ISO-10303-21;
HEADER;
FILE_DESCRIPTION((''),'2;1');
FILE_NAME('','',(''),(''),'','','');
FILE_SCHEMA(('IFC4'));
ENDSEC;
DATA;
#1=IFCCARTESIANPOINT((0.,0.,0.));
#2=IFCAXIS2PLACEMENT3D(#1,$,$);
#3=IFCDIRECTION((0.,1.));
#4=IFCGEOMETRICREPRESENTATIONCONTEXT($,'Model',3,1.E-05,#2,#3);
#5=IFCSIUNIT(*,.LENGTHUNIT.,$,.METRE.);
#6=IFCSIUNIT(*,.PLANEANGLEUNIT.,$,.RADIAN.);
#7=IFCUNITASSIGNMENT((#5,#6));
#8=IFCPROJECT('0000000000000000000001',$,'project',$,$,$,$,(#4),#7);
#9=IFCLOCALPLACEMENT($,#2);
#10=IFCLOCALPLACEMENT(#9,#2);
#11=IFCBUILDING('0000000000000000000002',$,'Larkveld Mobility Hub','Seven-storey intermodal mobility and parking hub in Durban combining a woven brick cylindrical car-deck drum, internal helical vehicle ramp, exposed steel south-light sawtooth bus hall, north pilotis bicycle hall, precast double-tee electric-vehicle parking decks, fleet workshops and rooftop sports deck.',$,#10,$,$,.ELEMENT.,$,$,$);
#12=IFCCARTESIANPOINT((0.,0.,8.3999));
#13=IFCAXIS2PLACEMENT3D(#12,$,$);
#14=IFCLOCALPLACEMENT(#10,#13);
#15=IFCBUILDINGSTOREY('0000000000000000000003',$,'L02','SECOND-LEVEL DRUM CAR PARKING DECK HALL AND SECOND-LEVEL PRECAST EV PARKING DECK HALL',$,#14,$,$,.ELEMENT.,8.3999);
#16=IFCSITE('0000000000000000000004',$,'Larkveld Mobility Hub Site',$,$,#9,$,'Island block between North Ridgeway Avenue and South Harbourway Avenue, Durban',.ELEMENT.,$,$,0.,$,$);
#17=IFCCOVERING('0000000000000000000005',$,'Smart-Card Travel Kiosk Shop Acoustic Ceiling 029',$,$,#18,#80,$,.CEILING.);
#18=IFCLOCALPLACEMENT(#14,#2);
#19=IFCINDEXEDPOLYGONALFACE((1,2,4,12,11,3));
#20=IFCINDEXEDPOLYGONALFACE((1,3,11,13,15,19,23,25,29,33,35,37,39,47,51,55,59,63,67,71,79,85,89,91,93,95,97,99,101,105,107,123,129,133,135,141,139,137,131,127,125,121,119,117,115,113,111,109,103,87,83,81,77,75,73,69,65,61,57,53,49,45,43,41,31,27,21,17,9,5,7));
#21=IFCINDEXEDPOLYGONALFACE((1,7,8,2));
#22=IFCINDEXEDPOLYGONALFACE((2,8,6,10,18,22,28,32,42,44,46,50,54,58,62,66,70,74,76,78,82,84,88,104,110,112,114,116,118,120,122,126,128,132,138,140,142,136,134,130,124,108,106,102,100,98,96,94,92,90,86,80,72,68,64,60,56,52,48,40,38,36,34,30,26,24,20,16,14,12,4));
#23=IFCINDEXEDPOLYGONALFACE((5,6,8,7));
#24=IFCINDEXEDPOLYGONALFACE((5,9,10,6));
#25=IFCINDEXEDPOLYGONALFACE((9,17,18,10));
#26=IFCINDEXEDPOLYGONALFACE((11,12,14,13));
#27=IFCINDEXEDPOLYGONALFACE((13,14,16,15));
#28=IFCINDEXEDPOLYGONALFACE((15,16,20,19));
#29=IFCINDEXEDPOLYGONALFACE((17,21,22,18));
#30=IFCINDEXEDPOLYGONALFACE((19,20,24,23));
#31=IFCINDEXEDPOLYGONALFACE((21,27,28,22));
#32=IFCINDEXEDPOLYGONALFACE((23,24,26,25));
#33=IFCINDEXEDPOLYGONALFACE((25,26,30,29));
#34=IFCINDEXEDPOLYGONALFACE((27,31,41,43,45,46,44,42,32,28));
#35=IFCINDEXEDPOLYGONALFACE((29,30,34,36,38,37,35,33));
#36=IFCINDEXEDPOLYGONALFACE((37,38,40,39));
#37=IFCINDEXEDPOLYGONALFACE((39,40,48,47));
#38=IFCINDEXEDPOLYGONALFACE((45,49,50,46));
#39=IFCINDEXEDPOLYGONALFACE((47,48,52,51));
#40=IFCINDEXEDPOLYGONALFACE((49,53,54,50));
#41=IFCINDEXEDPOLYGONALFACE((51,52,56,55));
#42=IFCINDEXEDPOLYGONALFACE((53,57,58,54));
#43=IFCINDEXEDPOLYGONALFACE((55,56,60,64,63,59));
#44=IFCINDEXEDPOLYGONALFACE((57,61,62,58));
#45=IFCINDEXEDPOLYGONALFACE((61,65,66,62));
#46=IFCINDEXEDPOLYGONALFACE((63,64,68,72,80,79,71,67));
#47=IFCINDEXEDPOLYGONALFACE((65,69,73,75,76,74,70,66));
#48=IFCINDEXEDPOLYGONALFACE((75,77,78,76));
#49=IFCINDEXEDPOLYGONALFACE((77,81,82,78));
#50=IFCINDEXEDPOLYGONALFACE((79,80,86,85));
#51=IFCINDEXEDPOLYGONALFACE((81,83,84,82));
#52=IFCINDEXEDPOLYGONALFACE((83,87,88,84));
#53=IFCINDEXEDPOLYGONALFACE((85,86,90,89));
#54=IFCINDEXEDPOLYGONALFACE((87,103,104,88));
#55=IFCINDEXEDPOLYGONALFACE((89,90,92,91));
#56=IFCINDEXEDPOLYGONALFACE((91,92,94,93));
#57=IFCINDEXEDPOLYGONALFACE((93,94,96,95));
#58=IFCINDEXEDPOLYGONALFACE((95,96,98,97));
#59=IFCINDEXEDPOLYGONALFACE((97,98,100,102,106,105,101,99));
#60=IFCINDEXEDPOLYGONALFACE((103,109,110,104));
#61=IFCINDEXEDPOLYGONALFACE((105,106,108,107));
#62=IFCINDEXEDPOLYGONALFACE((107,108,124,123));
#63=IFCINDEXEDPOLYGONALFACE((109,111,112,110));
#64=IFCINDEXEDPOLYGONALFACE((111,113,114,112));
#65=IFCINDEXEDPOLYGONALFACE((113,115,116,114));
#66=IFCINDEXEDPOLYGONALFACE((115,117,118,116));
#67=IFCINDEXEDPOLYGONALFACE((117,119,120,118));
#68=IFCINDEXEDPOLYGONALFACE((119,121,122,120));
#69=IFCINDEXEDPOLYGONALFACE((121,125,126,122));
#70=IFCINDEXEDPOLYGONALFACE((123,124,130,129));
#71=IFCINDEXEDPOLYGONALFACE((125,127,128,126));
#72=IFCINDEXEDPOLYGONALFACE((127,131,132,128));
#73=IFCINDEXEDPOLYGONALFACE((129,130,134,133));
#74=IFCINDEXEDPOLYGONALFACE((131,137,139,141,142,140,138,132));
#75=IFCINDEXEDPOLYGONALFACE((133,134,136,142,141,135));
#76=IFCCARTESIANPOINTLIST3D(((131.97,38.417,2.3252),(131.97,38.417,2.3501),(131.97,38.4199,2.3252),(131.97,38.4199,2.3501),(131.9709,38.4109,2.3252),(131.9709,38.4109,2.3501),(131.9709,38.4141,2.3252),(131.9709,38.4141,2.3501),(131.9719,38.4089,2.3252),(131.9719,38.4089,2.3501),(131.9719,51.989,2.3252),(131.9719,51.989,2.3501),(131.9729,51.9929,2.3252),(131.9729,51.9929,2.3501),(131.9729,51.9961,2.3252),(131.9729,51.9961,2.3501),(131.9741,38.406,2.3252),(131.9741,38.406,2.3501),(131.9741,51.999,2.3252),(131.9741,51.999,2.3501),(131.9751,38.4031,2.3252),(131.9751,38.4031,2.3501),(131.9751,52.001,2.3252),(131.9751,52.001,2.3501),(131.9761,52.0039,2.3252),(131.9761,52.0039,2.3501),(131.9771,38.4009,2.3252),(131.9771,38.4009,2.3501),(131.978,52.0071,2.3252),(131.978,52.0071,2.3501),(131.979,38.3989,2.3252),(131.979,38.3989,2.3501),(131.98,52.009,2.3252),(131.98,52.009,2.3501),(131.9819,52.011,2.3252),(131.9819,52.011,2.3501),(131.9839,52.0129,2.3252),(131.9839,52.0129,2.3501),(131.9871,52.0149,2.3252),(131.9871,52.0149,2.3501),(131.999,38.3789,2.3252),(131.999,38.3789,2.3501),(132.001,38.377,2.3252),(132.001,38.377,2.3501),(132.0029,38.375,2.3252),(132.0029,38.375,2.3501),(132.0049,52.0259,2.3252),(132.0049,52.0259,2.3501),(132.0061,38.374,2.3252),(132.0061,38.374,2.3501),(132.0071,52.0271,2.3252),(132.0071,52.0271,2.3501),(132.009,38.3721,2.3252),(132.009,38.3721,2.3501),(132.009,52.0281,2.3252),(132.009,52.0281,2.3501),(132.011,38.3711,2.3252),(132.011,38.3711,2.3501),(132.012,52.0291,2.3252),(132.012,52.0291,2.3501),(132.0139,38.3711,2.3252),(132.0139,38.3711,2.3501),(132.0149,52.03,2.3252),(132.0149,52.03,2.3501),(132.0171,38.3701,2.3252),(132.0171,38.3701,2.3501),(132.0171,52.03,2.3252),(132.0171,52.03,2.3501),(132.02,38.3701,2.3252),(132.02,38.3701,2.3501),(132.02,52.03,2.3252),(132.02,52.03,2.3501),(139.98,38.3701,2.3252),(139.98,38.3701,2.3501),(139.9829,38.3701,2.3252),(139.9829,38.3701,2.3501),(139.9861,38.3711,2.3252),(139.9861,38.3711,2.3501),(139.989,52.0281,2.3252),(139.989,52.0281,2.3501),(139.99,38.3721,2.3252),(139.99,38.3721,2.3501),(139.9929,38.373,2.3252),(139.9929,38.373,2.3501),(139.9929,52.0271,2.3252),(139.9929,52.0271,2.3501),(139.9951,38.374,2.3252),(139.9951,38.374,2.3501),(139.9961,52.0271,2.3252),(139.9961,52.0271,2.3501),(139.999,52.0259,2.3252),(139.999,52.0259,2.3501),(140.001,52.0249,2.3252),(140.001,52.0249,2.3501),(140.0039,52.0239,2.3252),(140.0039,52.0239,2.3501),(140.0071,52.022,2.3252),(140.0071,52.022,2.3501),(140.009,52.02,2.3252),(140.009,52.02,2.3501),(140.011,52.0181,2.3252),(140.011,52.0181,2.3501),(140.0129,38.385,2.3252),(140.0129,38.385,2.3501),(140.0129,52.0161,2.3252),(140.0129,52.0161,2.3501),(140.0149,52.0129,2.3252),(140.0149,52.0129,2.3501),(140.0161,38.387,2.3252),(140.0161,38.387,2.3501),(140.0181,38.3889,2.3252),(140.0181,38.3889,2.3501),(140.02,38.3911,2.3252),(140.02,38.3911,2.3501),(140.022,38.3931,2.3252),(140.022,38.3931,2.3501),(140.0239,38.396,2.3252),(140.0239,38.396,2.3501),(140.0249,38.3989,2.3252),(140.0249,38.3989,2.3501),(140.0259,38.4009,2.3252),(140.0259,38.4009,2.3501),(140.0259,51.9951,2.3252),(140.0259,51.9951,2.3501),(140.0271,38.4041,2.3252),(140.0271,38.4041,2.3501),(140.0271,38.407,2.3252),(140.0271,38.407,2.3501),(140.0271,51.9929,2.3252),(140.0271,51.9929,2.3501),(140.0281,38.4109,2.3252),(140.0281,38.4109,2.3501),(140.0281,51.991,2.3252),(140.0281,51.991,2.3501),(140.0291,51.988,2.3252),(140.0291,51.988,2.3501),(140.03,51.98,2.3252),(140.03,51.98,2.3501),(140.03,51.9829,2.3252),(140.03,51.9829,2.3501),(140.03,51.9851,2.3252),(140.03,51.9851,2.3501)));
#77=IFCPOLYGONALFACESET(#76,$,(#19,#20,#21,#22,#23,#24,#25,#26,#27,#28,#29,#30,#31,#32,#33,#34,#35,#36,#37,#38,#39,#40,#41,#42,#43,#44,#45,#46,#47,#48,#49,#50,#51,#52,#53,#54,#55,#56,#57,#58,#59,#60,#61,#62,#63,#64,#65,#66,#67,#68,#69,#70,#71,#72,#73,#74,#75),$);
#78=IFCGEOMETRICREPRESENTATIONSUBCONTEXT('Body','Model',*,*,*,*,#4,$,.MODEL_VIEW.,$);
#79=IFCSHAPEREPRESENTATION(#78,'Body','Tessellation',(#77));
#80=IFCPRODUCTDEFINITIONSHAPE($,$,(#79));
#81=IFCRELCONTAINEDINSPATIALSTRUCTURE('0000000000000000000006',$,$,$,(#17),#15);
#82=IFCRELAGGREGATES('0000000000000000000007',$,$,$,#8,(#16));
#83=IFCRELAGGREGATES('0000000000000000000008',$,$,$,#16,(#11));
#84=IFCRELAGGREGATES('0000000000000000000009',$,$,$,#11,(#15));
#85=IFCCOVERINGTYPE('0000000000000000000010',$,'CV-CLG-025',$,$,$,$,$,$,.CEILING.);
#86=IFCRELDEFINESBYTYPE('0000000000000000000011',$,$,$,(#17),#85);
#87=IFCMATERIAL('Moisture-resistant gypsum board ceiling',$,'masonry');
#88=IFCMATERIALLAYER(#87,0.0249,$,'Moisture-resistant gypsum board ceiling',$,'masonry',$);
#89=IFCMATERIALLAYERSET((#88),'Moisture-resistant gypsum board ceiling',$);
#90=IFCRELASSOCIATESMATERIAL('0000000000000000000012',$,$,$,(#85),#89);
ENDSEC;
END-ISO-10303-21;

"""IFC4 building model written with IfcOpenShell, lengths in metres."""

from ifc_helpers import new_model, si_unit, direction, frame, origin, place, context, subcontext, project, spatial, polyline, outline, extrude, material, layer, layer_set, type_object, element, save


model = new_model("IFC4")

# Units and contexts
model_context = context("Model", 3, precision=1e-05, world=origin(), true_north=direction((0.0, 1.0)))
body_context = subcontext(model_context, "Body", "Model", "MODEL_VIEW")
ifc_project = project(units=[si_unit("LENGTHUNIT", "METRE"), si_unit("PLANEANGLEUNIT", "RADIAN")], contexts=[model_context])

# Site, building, storey
site_placement = place(None, origin())
site = spatial("IfcSite", under=ifc_project, at=site_placement, Name="Larkveld Mobility Hub Site", LongName="Island block between North Ridgeway Avenue and South Harbourway Avenue, Durban", CompositionType="ELEMENT", RefElevation=0.0)
building_placement = place(site_placement, origin())
building = spatial("IfcBuilding", under=site, at=building_placement, Name="Larkveld Mobility Hub", Description="Seven-storey intermodal mobility and parking hub in Durban combining a woven brick cylindrical car-deck drum, internal helical vehicle ramp, exposed steel south-light sawtooth bus hall, north pilotis bicycle hall, precast double-tee electric-vehicle parking decks, fleet workshops and rooftop sports deck.", CompositionType="ELEMENT")
storey_placement = place(building_placement, frame((0.0, 0.0, 8.3999)))
storey = spatial("IfcBuildingStorey", under=building, at=storey_placement, Name="L02", Description="SECOND-LEVEL DRUM CAR PARKING DECK HALL AND SECOND-LEVEL PRECAST EV PARKING DECK HALL", CompositionType="ELEMENT", Elevation=8.3999)

# Covering
ifc_material_1 = material(Name="Moisture-resistant gypsum board ceiling", Category="masonry")
ifc_layer_1 = layer(ifc_material_1, 0.0249, Name="Moisture-resistant gypsum board ceiling", Category="masonry")
ifc_layer_set_1 = layer_set([ifc_layer_1], Name="Moisture-resistant gypsum board ceiling")
covering_type_1 = type_object("IfcCoveringType", Name="CV-CLG-025", PredefinedType="CEILING", material=ifc_layer_set_1)
covering_1_placement = place(storey_placement, frame((0.0, 0.0, 2.3252)))
element("IfcCovering", 1, at=covering_1_placement, inside=storey, type_object=covering_type_1, Name="Smart-Card Travel Kiosk Shop Acoustic Ceiling 029", PredefinedType="CEILING", context=body_context, shape_type="SweptSolid", body=[
    extrude(outline(polyline([(132.02, 38.3701), (132.0171, 38.3701), (132.0139, 38.3711), (132.011, 38.3711), (132.009, 38.3721), (132.0061, 38.374), (132.0029, 38.375), (132.001, 38.377), (131.999, 38.3789), (131.979, 38.3989), (131.9771, 38.4009), (131.9751, 38.4031), (131.9741, 38.406), (131.9719, 38.4089), (131.9709, 38.4109), (131.9709, 38.4141), (131.97, 38.417), (131.97, 38.4199), (131.9719, 51.989), (131.9729, 51.9929), (131.9729, 51.9961), (131.9741, 51.999), (131.9751, 52.001), (131.9761, 52.0039), (131.978, 52.0071), (131.98, 52.009), (131.9819, 52.011), (131.9839, 52.0129), (131.9871, 52.0149), (132.0049, 52.0259), (132.0071, 52.0271), (132.009, 52.0281), (132.012, 52.0291), (132.0149, 52.03), (132.0171, 52.03), (132.02, 52.03), (139.989, 52.0281), (139.9929, 52.0271), (139.9961, 52.0271), (139.999, 52.0259), (140.001, 52.0249), (140.0039, 52.0239), (140.0071, 52.022), (140.009, 52.02), (140.011, 52.0181), (140.0129, 52.0161), (140.0149, 52.0129), (140.0259, 51.9951), (140.0271, 51.9929), (140.0281, 51.991), (140.0291, 51.988), (140.03, 51.9851), (140.03, 51.9829), (140.03, 51.98), (140.0281, 38.4109), (140.0271, 38.407), (140.0271, 38.4041), (140.0259, 38.4009), (140.0249, 38.3989), (140.0239, 38.396), (140.022, 38.3931), (140.02, 38.3911), (140.0181, 38.3889), (140.0161, 38.387), (140.0129, 38.385), (139.9951, 38.374), (139.9929, 38.373), (139.99, 38.3721), (139.9861, 38.3711), (139.9829, 38.3701), (139.98, 38.3701), (132.02, 38.3701)])), origin(), (0.0, 0.0, 1.0), 0.0249),
])

save(model, "model.ifc")
